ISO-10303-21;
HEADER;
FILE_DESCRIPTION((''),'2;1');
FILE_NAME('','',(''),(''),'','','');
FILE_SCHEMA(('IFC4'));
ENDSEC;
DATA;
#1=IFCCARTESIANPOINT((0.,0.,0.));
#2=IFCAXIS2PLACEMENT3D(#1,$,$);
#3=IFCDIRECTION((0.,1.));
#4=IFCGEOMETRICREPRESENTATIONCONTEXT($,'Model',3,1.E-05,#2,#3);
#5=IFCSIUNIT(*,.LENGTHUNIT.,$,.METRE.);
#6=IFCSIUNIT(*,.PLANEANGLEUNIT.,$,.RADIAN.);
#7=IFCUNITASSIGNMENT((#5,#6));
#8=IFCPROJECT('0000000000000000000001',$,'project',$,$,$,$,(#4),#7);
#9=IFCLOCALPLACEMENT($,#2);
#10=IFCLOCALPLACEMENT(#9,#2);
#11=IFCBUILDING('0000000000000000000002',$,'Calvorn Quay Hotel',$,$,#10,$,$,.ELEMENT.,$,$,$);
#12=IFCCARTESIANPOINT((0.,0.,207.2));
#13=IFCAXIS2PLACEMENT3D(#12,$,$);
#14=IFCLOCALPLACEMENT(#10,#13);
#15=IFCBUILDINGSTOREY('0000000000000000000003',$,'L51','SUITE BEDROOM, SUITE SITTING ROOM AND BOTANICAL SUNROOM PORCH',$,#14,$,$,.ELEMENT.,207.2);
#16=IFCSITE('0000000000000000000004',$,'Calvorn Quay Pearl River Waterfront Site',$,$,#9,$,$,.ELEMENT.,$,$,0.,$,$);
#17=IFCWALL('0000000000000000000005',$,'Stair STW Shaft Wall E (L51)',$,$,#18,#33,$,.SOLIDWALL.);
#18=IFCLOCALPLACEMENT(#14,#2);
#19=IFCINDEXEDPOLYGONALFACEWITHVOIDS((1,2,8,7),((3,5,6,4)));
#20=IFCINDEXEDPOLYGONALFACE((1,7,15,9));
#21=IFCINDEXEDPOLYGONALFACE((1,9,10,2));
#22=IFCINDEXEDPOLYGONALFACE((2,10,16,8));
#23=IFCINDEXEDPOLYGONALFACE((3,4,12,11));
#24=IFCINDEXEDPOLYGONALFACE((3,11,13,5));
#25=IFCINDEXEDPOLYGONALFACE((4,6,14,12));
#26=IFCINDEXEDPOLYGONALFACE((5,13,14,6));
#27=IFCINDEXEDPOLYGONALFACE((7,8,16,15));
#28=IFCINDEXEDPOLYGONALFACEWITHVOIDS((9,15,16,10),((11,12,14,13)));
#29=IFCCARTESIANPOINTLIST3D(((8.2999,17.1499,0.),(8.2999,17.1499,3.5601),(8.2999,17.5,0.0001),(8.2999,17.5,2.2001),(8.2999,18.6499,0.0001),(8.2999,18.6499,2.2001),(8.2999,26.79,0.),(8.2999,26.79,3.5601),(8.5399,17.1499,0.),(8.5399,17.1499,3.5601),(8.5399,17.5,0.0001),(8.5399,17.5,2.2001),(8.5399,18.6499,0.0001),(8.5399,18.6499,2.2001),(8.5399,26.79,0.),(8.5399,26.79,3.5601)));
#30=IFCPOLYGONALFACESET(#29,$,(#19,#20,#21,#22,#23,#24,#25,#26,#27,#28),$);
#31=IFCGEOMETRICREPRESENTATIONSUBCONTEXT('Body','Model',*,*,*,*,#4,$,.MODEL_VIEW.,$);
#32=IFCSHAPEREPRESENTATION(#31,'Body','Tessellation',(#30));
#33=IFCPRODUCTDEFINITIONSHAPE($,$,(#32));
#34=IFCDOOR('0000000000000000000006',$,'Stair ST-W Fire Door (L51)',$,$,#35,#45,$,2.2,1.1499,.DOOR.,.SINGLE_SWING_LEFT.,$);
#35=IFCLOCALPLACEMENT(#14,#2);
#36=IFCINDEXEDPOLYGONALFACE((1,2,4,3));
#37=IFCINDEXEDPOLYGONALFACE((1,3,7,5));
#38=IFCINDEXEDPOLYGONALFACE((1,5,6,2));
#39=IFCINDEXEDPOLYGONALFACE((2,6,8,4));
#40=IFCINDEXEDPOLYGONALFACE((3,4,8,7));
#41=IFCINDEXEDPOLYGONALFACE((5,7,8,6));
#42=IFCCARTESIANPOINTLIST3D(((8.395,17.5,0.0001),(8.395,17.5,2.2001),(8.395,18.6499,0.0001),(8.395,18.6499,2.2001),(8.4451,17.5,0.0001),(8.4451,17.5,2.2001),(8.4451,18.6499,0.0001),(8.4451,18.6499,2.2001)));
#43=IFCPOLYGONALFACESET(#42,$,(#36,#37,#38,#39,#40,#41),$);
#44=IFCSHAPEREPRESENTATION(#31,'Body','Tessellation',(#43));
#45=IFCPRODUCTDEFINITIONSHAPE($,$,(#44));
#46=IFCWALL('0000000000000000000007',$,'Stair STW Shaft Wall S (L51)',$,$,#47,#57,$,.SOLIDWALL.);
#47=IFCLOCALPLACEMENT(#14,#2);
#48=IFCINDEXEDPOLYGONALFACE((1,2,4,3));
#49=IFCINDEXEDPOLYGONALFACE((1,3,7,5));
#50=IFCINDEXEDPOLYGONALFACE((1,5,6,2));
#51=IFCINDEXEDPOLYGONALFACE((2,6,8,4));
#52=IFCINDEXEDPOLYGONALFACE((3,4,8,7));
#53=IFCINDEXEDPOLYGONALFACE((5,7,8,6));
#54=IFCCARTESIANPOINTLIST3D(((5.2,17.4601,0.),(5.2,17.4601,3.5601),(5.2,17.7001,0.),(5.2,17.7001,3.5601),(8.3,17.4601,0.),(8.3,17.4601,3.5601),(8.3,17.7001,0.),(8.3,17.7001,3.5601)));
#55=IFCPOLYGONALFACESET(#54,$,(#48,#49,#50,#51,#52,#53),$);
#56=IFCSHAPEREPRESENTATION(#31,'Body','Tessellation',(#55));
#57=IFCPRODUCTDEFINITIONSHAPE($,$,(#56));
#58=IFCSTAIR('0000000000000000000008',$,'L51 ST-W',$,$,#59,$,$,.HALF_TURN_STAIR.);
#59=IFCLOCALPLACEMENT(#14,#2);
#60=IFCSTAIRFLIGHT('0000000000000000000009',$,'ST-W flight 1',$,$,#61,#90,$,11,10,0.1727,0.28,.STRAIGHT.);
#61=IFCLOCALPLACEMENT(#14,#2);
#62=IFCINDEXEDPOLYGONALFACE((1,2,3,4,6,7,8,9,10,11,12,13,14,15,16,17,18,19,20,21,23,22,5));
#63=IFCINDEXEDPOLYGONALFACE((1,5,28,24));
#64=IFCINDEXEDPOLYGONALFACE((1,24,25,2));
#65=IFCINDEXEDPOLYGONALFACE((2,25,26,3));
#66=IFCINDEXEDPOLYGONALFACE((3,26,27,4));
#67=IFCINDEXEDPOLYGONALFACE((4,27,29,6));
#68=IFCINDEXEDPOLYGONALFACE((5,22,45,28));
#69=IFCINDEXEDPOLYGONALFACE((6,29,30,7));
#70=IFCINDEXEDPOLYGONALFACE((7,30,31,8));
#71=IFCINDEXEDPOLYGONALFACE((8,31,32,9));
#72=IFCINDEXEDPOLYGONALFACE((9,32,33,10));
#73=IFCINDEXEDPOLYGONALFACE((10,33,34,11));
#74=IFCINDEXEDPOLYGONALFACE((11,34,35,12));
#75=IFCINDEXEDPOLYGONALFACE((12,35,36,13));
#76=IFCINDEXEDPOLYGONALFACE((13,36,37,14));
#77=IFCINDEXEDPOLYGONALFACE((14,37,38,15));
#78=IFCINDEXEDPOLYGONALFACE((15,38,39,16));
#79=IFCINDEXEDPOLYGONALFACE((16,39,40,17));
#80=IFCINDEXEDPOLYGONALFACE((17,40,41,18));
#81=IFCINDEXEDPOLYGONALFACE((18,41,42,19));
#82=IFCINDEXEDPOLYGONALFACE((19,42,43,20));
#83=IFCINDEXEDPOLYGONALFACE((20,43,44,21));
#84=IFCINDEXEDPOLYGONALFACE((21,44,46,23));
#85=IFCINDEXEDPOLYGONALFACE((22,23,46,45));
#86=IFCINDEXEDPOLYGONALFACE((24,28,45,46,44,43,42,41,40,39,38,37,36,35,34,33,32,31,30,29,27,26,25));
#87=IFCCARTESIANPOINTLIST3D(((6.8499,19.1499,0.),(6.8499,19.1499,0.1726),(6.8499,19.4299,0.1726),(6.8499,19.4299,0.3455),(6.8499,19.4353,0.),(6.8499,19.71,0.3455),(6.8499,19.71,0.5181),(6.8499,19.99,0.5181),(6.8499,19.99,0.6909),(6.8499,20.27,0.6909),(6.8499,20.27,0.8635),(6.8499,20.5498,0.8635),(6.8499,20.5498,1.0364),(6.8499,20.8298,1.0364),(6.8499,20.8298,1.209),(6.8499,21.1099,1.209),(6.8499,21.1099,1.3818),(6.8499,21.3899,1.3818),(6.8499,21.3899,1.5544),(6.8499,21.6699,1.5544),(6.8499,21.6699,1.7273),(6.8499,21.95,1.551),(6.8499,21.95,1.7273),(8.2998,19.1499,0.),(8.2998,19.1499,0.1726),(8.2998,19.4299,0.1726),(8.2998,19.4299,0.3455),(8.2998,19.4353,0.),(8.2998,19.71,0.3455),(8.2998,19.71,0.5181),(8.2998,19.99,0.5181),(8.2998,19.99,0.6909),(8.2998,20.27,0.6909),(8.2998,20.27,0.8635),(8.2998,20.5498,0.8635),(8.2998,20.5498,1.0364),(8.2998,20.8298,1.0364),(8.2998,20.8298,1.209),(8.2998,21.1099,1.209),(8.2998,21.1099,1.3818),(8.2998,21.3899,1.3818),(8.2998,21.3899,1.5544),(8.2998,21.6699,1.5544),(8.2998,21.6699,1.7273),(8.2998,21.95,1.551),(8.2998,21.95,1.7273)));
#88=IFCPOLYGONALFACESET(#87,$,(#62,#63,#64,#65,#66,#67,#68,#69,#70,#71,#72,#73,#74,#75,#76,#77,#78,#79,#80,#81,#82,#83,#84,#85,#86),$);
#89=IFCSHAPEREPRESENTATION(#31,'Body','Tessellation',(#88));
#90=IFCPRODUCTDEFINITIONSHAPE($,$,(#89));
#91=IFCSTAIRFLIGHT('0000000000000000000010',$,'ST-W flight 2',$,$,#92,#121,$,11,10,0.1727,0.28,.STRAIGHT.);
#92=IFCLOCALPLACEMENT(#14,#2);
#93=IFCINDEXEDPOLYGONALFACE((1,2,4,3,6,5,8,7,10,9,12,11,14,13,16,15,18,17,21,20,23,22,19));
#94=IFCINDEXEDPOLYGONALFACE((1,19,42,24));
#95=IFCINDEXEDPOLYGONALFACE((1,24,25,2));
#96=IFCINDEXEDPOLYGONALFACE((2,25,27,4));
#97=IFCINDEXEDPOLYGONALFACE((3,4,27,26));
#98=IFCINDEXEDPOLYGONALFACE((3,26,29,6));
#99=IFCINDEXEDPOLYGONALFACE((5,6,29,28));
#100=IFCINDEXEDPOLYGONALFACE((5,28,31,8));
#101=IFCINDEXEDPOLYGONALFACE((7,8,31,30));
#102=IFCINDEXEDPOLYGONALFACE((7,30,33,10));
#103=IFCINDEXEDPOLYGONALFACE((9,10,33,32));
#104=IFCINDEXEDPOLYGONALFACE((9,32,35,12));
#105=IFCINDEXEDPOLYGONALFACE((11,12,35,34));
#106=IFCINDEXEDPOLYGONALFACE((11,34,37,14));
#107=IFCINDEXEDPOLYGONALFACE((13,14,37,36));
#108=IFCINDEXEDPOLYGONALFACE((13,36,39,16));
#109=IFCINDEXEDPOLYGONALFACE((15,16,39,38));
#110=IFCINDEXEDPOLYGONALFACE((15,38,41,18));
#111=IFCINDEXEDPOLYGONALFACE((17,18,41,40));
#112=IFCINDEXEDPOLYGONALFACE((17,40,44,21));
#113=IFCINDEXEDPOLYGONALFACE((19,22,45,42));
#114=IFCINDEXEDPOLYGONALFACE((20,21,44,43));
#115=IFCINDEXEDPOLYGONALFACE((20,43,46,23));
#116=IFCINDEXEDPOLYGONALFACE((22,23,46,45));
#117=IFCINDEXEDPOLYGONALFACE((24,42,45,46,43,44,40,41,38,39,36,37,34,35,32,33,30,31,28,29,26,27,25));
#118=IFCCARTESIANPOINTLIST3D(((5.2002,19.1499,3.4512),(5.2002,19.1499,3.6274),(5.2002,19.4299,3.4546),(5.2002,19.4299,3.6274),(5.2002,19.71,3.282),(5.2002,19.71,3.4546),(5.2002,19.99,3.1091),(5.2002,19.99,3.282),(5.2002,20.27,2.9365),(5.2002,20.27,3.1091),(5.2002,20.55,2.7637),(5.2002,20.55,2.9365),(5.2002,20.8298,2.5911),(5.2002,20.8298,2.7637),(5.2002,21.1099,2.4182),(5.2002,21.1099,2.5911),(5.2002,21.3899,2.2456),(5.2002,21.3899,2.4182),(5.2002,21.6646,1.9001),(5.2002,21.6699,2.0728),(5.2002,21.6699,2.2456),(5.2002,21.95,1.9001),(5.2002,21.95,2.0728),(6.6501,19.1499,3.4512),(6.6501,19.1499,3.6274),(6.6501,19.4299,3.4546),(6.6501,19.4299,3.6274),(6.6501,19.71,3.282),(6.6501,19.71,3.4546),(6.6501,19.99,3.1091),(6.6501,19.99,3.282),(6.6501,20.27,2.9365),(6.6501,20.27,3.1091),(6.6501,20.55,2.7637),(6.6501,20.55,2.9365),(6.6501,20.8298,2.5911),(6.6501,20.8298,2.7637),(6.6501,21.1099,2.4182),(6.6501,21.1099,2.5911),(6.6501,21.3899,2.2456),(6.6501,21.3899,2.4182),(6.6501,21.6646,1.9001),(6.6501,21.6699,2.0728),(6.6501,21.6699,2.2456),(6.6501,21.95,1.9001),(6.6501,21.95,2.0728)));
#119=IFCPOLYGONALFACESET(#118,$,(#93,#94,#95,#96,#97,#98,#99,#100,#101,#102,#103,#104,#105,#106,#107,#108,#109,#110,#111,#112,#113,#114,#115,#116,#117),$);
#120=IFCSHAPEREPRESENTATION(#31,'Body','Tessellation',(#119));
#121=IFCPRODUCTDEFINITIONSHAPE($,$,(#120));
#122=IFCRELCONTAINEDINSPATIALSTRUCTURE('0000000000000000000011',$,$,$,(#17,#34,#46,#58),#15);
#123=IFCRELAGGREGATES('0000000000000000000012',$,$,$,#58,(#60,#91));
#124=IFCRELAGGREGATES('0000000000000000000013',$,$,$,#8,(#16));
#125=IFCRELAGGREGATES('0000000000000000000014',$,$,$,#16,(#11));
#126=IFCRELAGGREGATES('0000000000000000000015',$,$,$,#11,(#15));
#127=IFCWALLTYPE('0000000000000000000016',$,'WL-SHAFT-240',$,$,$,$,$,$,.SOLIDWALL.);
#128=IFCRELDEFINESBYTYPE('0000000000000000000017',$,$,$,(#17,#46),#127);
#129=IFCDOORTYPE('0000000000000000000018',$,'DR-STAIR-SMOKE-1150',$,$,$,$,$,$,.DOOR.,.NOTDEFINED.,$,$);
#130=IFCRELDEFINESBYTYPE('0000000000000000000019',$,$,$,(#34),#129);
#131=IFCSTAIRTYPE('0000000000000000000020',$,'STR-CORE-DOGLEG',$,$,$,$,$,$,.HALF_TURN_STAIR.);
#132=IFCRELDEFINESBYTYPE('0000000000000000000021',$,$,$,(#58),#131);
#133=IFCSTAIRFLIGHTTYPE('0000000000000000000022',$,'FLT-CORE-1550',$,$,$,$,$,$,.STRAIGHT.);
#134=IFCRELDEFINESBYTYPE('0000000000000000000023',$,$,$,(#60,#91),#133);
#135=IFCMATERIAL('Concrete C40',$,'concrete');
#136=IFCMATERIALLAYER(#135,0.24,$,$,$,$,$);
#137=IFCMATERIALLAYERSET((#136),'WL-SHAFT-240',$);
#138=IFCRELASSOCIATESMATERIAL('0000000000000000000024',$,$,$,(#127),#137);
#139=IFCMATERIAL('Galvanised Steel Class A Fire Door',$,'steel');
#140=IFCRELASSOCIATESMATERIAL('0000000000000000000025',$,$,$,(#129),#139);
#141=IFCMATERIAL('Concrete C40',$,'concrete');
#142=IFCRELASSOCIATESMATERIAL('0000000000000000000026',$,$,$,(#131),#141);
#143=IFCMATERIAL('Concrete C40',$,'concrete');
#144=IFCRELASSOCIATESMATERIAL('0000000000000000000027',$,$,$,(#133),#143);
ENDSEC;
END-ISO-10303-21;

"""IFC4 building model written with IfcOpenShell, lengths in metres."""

from ifc_helpers import new_model, si_unit, direction, frame, frame_2d, origin, place, context, subcontext, project, spatial, polyline, rectangle, outline, extrude, material, layer, layer_set, type_object, element, fill, aggregate, save


model = new_model("IFC4")

# Units and contexts
model_context = context("Model", 3, precision=1e-05, world=origin(), true_north=direction((0.0, 1.0)))
body_context = subcontext(model_context, "Body", "Model", "MODEL_VIEW")
ifc_project = project(units=[si_unit("LENGTHUNIT", "METRE"), si_unit("PLANEANGLEUNIT", "RADIAN")], contexts=[model_context])

# Site, building, storey
site_placement = place(None, origin())
site = spatial("IfcSite", under=ifc_project, at=site_placement, Name="Calvorn Quay Pearl River Waterfront Site", CompositionType="ELEMENT", RefElevation=0.0)
building_placement = place(site_placement, origin())
building = spatial("IfcBuilding", under=site, at=building_placement, Name="Calvorn Quay Hotel", CompositionType="ELEMENT")
storey_placement = place(building_placement, frame((0.0, 0.0, 207.2)))
storey = spatial("IfcBuildingStorey", under=building, at=storey_placement, Name="L51", Description="SUITE BEDROOM, SUITE SITTING ROOM AND BOTANICAL SUNROOM PORCH", CompositionType="ELEMENT", Elevation=207.2)

# Shared definitions
ifc_material_1 = material(Name="Concrete C40", Category="concrete")
ifc_layer_1 = layer(ifc_material_1, 0.24)
ifc_layer_set_1 = layer_set([ifc_layer_1], Name="WL-SHAFT-240")
wall_type_1 = type_object("IfcWallType", Name="WL-SHAFT-240", PredefinedType="SOLIDWALL", material=ifc_layer_set_1)

# Wall, opening, door
wall_1_placement = place(storey_placement, frame((8.4199, 17.1499, 0.0), z_axis=(0.0, 0.0, 1.0), x_axis=(0.0, 1.0, 0.0)))
wall_1 = element("IfcWall", 1, at=wall_1_placement, inside=storey, type_object=wall_type_1, Name="Stair STW Shaft Wall E (L51)", PredefinedType="SOLIDWALL", context=body_context, shape_type="SweptSolid", body=[
    extrude(rectangle(XDim=9.6401, YDim=0.24, at=frame_2d((4.8201, 0.0))), origin(), (0.0, 0.0, 1.0), 3.5601),
])
opening_1_placement = place(wall_1_placement, frame((0.3501, 0.0, 0.0)))
opening_1 = element("IfcOpeningElement", 2, at=opening_1_placement, cuts=wall_1, PredefinedType="OPENING", context=body_context, shape_type="SweptSolid", body=[
    extrude(rectangle(XDim=1.1499, YDim=2.2, at=frame_2d((0.575, 1.1001))), frame((0.0, 0.1299, 0.0), z_axis=(0.0, -1.0, 0.0), x_axis=(1.0, 0.0, 0.0)), (0.0, 0.0, 1.0), 0.26),
])
ifc_material_2 = material(Name="Galvanised Steel Class A Fire Door", Category="steel")
door_type_1 = type_object("IfcDoorType", Name="DR-STAIR-SMOKE-1150", OperationType="NOTDEFINED", PredefinedType="DOOR", material=ifc_material_2)
door_1_placement = place(opening_1_placement, origin())
door_1 = element("IfcDoor", 3, at=door_1_placement, inside=storey, type_object=door_type_1, Name="Stair ST-W Fire Door (L51)", OperationType="SINGLE_SWING_LEFT", OverallHeight=2.2, OverallWidth=1.1499, PredefinedType="DOOR", context=body_context, shape_type="SweptSolid", body=[
    extrude(rectangle(XDim=1.1499, YDim=2.2, at=frame_2d((0.575, 1.1001))), frame((0.0, 0.0249, 0.0), z_axis=(0.0, -1.0, 0.0), x_axis=(1.0, 0.0, 0.0)), (0.0, 0.0, 1.0), 0.05),
])
fill(opening_1, door_1)

# Wall
wall_2_placement = place(storey_placement, frame((5.2, 17.5801, 0.0), z_axis=(0.0, 0.0, 1.0), x_axis=(1.0, 0.0, 0.0)))
element("IfcWall", 4, at=wall_2_placement, inside=storey, type_object=wall_type_1, Name="Stair STW Shaft Wall S (L51)", PredefinedType="SOLIDWALL", context=body_context, shape_type="SweptSolid", body=[
    extrude(rectangle(XDim=3.1001, YDim=0.24, at=frame_2d((1.55, 0.0))), origin(), (0.0, 0.0, 1.0), 3.5601),
])

# Stair, stair flights
ifc_material_3 = material(Name="Concrete C40", Category="concrete")
stair_type = type_object("IfcStairType", Name="STR-CORE-DOGLEG", PredefinedType="HALF_TURN_STAIR", material=ifc_material_3)
stair_placement = place(storey_placement, origin())
stair = element("IfcStair", 5, at=stair_placement, inside=storey, type_object=stair_type, Name="L51 ST-W", PredefinedType="HALF_TURN_STAIR")
ifc_material_4 = material(Name="Concrete C40", Category="concrete")
stair_flight_type = type_object("IfcStairFlightType", Name="FLT-CORE-1550", PredefinedType="STRAIGHT", material=ifc_material_4)
stair_flight_1_placement = place(storey_placement, frame((7.575, 19.1499, 0.0), z_axis=(0.0, 0.0, 1.0), x_axis=(0.0, 1.0, 0.0)))
stair_flight_1 = element("IfcStairFlight", 6, at=stair_flight_1_placement, type_object=stair_flight_type, Name="ST-W flight 1", NumberOfRisers=11, NumberOfTreads=10, PredefinedType="STRAIGHT", RiserHeight=0.1727, TreadLength=0.28, context=body_context, shape_type="SweptSolid", body=[
    extrude(outline(polyline([(0.0, 0.0), (0.0, 0.1726), (0.28, 0.1726), (0.28, 0.3455), (0.5601, 0.3455), (0.5601, 0.5181), (0.8401, 0.5181), (0.8401, 0.6909), (1.1201, 0.6909), (1.1201, 0.8635), (1.3999, 0.8635), (1.3999, 1.0364), (1.6799, 1.0364), (1.6799, 1.209), (1.96, 1.209), (1.96, 1.3818), (2.24, 1.3818), (2.24, 1.5544), (2.52, 1.5544), (2.52, 1.7273), (2.8, 1.7273), (2.8, 1.8999), (2.8, 1.551), (0.2854, 0.0), (0.0, 0.0)])), frame((0.0, 0.7251, 0.0), z_axis=(0.0, -1.0, 0.0), x_axis=(1.0, 0.0, 0.0)), (0.0, 0.0, 1.0), 1.45),
])
stair_flight_2_placement = place(storey_placement, frame((5.925, 21.95, 1.9001), z_axis=(0.0, 0.0, 1.0), x_axis=(0.0, -1.0, 0.0)))
stair_flight_2 = element("IfcStairFlight", 7, at=stair_flight_2_placement, type_object=stair_flight_type, Name="ST-W flight 2", NumberOfRisers=11, NumberOfTreads=10, PredefinedType="STRAIGHT", RiserHeight=0.1727, TreadLength=0.28, context=body_context, shape_type="SweptSolid", body=[
    extrude(outline(polyline([(0.0, 0.0), (0.0, 0.1726), (0.28, 0.1726), (0.28, 0.3455), (0.5601, 0.3455), (0.5601, 0.5181), (0.8401, 0.5181), (0.8401, 0.6909), (1.1201, 0.6909), (1.1201, 0.8635), (1.3999, 0.8635), (1.3999, 1.0364), (1.6799, 1.0364), (1.6799, 1.209), (1.96, 1.209), (1.96, 1.3818), (2.24, 1.3818), (2.24, 1.5544), (2.52, 1.5544), (2.52, 1.7273), (2.8, 1.7273), (2.8, 1.8999), (2.8, 1.551), (0.2854, 0.0), (0.0, 0.0)])), frame((0.0, 0.7251, 0.0), z_axis=(0.0, -1.0, 0.0), x_axis=(1.0, 0.0, 0.0)), (0.0, 0.0, 1.0), 1.45),
])
aggregate(stair, [stair_flight_1, stair_flight_2])

save(model, "model.ifc")
